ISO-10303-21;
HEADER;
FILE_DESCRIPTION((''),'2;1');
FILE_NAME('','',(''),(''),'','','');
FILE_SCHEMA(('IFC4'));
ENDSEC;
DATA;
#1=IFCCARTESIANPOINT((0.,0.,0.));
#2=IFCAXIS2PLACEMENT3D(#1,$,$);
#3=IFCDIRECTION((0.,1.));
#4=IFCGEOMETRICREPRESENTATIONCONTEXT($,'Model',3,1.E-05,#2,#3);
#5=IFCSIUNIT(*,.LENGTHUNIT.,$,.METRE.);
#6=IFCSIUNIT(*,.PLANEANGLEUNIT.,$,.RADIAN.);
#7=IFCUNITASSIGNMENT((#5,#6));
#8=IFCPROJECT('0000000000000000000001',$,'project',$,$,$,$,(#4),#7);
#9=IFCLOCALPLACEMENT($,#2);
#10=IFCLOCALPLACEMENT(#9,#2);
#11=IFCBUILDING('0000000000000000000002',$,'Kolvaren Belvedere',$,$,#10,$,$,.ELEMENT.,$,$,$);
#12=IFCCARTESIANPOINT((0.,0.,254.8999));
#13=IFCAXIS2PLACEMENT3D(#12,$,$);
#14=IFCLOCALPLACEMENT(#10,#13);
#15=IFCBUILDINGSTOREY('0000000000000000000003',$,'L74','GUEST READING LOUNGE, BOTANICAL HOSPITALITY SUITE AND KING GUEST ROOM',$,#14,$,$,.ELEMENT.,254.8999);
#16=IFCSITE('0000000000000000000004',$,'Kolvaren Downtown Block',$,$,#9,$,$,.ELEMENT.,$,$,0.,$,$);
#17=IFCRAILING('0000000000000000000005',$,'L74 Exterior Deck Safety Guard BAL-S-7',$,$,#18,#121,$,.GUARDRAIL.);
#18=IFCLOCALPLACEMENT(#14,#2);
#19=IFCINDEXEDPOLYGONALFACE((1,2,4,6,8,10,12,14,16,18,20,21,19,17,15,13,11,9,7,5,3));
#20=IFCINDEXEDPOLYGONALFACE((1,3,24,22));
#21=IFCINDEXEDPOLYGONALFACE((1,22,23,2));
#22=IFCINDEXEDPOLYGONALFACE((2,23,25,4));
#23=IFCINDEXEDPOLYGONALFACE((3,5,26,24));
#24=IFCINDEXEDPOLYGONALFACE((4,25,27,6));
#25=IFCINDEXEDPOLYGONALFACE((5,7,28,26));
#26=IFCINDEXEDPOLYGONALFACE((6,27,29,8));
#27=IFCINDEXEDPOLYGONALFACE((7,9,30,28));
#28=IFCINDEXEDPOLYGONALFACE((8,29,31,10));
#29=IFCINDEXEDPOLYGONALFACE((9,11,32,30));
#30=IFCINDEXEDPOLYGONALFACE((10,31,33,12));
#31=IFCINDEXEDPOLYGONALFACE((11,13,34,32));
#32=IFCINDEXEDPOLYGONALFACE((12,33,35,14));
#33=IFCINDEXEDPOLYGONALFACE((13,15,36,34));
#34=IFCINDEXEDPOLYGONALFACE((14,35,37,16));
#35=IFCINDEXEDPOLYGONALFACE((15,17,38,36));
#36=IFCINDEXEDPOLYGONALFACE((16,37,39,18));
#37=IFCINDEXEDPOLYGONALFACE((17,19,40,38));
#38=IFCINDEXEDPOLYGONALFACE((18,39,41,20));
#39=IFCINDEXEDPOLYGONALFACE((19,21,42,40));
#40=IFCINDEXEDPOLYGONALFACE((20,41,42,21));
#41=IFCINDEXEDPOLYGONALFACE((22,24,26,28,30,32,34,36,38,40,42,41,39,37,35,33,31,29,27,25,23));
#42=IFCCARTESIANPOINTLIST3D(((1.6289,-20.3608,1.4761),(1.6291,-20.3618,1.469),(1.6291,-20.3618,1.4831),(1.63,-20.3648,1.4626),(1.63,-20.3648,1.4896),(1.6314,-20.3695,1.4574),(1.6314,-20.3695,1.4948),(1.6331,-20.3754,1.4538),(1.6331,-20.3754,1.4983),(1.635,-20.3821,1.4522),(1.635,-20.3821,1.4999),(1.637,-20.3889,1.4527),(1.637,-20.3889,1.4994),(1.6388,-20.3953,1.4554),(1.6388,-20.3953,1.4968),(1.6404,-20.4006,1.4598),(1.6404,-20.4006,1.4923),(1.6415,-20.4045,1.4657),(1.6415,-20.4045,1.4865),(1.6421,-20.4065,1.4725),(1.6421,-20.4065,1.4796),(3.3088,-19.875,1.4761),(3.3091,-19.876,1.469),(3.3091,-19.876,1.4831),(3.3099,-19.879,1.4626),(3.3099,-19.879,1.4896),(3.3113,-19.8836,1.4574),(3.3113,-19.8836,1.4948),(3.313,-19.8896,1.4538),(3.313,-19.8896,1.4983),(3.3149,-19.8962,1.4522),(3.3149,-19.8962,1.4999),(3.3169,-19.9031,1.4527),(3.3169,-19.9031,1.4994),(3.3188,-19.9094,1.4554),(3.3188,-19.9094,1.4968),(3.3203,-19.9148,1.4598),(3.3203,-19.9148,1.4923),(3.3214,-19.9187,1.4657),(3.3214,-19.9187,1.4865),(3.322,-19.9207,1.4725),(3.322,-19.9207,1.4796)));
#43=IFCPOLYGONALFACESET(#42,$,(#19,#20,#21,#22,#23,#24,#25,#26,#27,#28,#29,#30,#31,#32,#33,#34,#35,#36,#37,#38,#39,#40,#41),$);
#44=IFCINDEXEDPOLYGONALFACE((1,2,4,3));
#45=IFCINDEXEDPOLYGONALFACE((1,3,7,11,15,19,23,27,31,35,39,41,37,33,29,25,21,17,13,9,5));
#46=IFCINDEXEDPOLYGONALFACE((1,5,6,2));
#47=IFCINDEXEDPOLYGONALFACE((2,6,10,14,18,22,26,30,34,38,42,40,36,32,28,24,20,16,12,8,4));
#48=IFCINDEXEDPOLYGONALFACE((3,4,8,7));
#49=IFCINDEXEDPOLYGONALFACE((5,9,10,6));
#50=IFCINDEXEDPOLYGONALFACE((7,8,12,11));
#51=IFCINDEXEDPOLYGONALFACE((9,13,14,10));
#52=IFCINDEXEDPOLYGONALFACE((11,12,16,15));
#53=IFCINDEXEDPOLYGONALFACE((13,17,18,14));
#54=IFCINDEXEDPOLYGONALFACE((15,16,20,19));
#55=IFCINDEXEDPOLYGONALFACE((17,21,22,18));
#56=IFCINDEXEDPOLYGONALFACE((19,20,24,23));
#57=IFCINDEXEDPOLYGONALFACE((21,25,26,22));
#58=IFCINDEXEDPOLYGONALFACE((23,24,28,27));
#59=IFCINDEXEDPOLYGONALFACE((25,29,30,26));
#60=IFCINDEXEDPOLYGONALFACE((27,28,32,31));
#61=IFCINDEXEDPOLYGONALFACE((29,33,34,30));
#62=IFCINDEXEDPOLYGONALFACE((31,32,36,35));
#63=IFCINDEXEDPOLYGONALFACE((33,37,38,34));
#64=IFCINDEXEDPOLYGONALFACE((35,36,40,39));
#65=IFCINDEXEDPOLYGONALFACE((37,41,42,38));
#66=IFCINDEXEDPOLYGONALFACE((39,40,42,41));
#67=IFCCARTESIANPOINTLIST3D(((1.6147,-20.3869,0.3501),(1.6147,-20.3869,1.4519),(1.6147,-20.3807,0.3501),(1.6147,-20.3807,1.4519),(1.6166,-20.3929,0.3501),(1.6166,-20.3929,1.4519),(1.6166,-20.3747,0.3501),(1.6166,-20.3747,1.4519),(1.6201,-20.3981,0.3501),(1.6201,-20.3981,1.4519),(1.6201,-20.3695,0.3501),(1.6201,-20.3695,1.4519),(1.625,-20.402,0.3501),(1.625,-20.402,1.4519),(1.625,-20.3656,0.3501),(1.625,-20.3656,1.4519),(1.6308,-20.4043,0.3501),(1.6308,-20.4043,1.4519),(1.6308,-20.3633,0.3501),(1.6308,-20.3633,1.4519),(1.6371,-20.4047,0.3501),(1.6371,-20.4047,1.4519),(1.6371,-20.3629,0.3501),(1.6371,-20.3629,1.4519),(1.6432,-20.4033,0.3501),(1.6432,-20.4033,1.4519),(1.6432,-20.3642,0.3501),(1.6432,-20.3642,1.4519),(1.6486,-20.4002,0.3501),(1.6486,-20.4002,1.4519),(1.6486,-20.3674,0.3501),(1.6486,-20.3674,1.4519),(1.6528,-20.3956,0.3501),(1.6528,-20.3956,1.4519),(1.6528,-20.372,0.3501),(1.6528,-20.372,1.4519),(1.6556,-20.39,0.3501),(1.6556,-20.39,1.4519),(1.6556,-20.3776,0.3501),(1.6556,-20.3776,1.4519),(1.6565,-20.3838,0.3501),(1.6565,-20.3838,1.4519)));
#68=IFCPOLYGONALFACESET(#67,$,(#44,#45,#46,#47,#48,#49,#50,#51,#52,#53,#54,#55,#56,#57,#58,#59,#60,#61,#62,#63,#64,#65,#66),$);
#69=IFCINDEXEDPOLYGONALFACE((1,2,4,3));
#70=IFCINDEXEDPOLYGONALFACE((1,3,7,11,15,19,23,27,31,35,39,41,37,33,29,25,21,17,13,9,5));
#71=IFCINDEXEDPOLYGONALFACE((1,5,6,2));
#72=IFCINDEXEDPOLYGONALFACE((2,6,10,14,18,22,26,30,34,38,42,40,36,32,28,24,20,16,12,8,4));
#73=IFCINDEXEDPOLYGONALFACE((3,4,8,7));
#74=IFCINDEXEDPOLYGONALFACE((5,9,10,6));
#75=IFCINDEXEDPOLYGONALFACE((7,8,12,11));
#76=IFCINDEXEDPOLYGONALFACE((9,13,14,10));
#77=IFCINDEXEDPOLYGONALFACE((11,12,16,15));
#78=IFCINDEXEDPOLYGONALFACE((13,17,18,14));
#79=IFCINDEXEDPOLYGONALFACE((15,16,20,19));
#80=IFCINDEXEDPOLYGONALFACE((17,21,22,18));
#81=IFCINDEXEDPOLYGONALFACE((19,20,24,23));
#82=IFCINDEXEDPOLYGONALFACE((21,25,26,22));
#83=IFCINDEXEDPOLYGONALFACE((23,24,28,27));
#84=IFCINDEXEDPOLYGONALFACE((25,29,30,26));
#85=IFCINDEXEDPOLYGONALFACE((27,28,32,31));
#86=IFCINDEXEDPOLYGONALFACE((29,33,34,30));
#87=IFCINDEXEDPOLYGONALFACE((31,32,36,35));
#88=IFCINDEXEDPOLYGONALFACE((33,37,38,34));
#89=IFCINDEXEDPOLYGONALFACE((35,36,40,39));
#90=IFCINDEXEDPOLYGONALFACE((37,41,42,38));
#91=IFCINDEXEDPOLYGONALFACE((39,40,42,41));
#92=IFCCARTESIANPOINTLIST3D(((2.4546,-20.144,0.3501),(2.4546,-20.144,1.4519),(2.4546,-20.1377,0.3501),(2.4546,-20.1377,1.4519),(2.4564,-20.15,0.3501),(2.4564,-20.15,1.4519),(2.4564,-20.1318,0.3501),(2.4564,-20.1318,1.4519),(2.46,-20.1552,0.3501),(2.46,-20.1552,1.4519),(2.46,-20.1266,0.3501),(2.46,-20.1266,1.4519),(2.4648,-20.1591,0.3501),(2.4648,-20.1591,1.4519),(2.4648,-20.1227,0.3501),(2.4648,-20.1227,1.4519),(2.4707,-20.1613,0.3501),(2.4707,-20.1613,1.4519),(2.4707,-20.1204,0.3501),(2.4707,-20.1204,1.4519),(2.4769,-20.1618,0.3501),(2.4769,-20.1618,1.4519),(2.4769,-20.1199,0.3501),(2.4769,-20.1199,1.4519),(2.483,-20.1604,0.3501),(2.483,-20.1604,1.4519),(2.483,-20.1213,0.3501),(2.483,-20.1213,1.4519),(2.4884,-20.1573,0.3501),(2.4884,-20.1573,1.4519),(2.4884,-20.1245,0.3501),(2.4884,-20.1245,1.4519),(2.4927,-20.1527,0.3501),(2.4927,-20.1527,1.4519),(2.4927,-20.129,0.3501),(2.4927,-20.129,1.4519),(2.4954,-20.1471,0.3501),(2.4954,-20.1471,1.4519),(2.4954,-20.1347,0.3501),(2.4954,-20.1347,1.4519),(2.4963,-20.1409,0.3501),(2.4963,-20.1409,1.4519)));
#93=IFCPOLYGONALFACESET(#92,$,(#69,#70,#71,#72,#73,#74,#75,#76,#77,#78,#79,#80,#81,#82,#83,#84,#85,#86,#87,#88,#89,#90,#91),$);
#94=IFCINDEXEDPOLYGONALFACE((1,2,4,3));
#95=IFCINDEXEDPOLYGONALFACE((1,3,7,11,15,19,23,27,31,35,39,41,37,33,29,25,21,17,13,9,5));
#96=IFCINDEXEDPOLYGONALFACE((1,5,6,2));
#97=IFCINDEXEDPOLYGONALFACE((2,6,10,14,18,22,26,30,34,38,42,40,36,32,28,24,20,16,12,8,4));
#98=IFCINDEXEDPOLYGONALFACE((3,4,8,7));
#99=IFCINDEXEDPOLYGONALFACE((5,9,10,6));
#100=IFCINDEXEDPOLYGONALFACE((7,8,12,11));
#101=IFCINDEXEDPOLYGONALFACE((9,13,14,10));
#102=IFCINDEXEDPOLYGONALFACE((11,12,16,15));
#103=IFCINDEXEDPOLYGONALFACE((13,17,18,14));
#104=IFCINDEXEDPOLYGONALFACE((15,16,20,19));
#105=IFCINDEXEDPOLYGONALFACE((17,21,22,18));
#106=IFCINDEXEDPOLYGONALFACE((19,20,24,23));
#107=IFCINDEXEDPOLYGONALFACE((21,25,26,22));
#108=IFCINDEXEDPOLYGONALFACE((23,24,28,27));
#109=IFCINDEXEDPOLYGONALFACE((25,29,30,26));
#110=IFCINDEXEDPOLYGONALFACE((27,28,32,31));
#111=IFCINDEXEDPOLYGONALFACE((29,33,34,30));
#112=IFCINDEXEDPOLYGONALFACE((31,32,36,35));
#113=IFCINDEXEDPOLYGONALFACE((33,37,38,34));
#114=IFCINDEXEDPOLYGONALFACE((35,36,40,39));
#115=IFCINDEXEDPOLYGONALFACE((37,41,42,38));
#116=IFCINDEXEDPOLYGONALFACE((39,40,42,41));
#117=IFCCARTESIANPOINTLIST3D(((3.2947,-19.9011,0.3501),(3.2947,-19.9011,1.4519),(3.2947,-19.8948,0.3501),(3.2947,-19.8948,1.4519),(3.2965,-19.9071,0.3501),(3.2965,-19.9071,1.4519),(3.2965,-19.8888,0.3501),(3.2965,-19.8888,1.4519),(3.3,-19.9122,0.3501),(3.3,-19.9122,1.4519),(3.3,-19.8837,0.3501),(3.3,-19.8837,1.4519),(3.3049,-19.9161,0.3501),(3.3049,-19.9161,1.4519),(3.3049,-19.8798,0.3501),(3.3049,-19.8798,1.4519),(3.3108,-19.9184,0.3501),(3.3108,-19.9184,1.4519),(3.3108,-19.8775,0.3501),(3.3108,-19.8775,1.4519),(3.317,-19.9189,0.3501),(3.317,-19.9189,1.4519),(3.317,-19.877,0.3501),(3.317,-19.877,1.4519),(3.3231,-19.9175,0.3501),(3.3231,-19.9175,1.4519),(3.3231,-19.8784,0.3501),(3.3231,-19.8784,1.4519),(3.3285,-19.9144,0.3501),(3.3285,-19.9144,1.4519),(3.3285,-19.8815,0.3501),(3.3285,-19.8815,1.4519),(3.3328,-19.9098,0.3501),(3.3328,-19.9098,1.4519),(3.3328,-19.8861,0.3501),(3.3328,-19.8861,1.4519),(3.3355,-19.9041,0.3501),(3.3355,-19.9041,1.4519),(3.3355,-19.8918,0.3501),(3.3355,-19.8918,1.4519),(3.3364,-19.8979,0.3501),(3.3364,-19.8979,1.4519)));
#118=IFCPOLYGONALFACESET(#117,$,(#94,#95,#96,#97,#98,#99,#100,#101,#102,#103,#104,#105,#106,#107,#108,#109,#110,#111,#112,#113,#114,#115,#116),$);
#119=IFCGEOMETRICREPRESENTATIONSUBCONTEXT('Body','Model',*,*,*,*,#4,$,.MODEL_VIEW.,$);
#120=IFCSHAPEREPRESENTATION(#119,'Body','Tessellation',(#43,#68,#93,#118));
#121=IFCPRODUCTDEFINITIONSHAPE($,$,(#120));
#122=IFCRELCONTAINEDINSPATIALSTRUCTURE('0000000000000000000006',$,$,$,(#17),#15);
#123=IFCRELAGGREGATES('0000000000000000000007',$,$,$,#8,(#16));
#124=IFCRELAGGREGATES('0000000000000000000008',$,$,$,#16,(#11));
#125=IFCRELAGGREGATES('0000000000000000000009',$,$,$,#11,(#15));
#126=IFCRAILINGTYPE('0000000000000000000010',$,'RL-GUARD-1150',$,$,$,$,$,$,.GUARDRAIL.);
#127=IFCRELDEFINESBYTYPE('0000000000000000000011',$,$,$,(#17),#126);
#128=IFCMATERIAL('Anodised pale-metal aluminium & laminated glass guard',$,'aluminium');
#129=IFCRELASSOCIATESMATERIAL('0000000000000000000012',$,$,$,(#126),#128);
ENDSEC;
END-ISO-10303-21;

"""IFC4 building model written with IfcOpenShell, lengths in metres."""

from ifc_helpers import new_model, si_unit, direction, frame, origin, origin_2d, place, context, subcontext, project, spatial, circle, extrude, material, type_object, element, save


model = new_model("IFC4")

# Units and contexts
model_context = context("Model", 3, precision=1e-05, world=origin(), true_north=direction((0.0, 1.0)))
body_context = subcontext(model_context, "Body", "Model", "MODEL_VIEW")
ifc_project = project(units=[si_unit("LENGTHUNIT", "METRE"), si_unit("PLANEANGLEUNIT", "RADIAN")], contexts=[model_context])

# Site, building, storey
site_placement = place(None, origin())
site = spatial("IfcSite", under=ifc_project, at=site_placement, Name="Kolvaren Downtown Block", CompositionType="ELEMENT", RefElevation=0.0)
building_placement = place(site_placement, origin())
building = spatial("IfcBuilding", under=site, at=building_placement, Name="Kolvaren Belvedere", CompositionType="ELEMENT")
storey_placement = place(building_placement, frame((0.0, 0.0, 254.8999)))
storey = spatial("IfcBuildingStorey", under=building, at=storey_placement, Name="L74", Description="GUEST READING LOUNGE, BOTANICAL HOSPITALITY SUITE AND KING GUEST ROOM", CompositionType="ELEMENT", Elevation=254.8999)

# Railing
ifc_material_1 = material(Name="Anodised pale-metal aluminium & laminated glass guard", Category="aluminium")
railing_type = type_object("IfcRailingType", Name="RL-GUARD-1150", PredefinedType="GUARDRAIL", material=ifc_material_1)
railing_1_placement = place(storey_placement, frame((1.6355, -20.3838, 0.3501)))
element("IfcRailing", 1, at=railing_1_placement, inside=storey, type_object=railing_type, Name="L74 Exterior Deck Safety Guard BAL-S-7", PredefinedType="GUARDRAIL", context=body_context, shape_type="SweptSolid", body=[
    extrude(circle(Radius=0.0239, at=origin_2d()), frame((0.0, 0.0, 1.126), z_axis=(0.960634, 0.277817, 0.0), x_axis=(-0.277817, 0.960634, 0.0)), (0.0, 0.0, 1.0), 1.7488),
    extrude(circle(Radius=0.021, at=origin_2d()), origin(), (0.0, 0.0, 1.0), 1.1018),
    extrude(circle(Radius=0.021, at=origin_2d()), frame((0.8398, 0.2429, 0.0)), (0.0, 0.0, 1.0), 1.1018),
    extrude(circle(Radius=0.021, at=origin_2d()), frame((1.6799, 0.4858, 0.0)), (0.0, 0.0, 1.0), 1.1018),
])

save(model, "model.ifc")
